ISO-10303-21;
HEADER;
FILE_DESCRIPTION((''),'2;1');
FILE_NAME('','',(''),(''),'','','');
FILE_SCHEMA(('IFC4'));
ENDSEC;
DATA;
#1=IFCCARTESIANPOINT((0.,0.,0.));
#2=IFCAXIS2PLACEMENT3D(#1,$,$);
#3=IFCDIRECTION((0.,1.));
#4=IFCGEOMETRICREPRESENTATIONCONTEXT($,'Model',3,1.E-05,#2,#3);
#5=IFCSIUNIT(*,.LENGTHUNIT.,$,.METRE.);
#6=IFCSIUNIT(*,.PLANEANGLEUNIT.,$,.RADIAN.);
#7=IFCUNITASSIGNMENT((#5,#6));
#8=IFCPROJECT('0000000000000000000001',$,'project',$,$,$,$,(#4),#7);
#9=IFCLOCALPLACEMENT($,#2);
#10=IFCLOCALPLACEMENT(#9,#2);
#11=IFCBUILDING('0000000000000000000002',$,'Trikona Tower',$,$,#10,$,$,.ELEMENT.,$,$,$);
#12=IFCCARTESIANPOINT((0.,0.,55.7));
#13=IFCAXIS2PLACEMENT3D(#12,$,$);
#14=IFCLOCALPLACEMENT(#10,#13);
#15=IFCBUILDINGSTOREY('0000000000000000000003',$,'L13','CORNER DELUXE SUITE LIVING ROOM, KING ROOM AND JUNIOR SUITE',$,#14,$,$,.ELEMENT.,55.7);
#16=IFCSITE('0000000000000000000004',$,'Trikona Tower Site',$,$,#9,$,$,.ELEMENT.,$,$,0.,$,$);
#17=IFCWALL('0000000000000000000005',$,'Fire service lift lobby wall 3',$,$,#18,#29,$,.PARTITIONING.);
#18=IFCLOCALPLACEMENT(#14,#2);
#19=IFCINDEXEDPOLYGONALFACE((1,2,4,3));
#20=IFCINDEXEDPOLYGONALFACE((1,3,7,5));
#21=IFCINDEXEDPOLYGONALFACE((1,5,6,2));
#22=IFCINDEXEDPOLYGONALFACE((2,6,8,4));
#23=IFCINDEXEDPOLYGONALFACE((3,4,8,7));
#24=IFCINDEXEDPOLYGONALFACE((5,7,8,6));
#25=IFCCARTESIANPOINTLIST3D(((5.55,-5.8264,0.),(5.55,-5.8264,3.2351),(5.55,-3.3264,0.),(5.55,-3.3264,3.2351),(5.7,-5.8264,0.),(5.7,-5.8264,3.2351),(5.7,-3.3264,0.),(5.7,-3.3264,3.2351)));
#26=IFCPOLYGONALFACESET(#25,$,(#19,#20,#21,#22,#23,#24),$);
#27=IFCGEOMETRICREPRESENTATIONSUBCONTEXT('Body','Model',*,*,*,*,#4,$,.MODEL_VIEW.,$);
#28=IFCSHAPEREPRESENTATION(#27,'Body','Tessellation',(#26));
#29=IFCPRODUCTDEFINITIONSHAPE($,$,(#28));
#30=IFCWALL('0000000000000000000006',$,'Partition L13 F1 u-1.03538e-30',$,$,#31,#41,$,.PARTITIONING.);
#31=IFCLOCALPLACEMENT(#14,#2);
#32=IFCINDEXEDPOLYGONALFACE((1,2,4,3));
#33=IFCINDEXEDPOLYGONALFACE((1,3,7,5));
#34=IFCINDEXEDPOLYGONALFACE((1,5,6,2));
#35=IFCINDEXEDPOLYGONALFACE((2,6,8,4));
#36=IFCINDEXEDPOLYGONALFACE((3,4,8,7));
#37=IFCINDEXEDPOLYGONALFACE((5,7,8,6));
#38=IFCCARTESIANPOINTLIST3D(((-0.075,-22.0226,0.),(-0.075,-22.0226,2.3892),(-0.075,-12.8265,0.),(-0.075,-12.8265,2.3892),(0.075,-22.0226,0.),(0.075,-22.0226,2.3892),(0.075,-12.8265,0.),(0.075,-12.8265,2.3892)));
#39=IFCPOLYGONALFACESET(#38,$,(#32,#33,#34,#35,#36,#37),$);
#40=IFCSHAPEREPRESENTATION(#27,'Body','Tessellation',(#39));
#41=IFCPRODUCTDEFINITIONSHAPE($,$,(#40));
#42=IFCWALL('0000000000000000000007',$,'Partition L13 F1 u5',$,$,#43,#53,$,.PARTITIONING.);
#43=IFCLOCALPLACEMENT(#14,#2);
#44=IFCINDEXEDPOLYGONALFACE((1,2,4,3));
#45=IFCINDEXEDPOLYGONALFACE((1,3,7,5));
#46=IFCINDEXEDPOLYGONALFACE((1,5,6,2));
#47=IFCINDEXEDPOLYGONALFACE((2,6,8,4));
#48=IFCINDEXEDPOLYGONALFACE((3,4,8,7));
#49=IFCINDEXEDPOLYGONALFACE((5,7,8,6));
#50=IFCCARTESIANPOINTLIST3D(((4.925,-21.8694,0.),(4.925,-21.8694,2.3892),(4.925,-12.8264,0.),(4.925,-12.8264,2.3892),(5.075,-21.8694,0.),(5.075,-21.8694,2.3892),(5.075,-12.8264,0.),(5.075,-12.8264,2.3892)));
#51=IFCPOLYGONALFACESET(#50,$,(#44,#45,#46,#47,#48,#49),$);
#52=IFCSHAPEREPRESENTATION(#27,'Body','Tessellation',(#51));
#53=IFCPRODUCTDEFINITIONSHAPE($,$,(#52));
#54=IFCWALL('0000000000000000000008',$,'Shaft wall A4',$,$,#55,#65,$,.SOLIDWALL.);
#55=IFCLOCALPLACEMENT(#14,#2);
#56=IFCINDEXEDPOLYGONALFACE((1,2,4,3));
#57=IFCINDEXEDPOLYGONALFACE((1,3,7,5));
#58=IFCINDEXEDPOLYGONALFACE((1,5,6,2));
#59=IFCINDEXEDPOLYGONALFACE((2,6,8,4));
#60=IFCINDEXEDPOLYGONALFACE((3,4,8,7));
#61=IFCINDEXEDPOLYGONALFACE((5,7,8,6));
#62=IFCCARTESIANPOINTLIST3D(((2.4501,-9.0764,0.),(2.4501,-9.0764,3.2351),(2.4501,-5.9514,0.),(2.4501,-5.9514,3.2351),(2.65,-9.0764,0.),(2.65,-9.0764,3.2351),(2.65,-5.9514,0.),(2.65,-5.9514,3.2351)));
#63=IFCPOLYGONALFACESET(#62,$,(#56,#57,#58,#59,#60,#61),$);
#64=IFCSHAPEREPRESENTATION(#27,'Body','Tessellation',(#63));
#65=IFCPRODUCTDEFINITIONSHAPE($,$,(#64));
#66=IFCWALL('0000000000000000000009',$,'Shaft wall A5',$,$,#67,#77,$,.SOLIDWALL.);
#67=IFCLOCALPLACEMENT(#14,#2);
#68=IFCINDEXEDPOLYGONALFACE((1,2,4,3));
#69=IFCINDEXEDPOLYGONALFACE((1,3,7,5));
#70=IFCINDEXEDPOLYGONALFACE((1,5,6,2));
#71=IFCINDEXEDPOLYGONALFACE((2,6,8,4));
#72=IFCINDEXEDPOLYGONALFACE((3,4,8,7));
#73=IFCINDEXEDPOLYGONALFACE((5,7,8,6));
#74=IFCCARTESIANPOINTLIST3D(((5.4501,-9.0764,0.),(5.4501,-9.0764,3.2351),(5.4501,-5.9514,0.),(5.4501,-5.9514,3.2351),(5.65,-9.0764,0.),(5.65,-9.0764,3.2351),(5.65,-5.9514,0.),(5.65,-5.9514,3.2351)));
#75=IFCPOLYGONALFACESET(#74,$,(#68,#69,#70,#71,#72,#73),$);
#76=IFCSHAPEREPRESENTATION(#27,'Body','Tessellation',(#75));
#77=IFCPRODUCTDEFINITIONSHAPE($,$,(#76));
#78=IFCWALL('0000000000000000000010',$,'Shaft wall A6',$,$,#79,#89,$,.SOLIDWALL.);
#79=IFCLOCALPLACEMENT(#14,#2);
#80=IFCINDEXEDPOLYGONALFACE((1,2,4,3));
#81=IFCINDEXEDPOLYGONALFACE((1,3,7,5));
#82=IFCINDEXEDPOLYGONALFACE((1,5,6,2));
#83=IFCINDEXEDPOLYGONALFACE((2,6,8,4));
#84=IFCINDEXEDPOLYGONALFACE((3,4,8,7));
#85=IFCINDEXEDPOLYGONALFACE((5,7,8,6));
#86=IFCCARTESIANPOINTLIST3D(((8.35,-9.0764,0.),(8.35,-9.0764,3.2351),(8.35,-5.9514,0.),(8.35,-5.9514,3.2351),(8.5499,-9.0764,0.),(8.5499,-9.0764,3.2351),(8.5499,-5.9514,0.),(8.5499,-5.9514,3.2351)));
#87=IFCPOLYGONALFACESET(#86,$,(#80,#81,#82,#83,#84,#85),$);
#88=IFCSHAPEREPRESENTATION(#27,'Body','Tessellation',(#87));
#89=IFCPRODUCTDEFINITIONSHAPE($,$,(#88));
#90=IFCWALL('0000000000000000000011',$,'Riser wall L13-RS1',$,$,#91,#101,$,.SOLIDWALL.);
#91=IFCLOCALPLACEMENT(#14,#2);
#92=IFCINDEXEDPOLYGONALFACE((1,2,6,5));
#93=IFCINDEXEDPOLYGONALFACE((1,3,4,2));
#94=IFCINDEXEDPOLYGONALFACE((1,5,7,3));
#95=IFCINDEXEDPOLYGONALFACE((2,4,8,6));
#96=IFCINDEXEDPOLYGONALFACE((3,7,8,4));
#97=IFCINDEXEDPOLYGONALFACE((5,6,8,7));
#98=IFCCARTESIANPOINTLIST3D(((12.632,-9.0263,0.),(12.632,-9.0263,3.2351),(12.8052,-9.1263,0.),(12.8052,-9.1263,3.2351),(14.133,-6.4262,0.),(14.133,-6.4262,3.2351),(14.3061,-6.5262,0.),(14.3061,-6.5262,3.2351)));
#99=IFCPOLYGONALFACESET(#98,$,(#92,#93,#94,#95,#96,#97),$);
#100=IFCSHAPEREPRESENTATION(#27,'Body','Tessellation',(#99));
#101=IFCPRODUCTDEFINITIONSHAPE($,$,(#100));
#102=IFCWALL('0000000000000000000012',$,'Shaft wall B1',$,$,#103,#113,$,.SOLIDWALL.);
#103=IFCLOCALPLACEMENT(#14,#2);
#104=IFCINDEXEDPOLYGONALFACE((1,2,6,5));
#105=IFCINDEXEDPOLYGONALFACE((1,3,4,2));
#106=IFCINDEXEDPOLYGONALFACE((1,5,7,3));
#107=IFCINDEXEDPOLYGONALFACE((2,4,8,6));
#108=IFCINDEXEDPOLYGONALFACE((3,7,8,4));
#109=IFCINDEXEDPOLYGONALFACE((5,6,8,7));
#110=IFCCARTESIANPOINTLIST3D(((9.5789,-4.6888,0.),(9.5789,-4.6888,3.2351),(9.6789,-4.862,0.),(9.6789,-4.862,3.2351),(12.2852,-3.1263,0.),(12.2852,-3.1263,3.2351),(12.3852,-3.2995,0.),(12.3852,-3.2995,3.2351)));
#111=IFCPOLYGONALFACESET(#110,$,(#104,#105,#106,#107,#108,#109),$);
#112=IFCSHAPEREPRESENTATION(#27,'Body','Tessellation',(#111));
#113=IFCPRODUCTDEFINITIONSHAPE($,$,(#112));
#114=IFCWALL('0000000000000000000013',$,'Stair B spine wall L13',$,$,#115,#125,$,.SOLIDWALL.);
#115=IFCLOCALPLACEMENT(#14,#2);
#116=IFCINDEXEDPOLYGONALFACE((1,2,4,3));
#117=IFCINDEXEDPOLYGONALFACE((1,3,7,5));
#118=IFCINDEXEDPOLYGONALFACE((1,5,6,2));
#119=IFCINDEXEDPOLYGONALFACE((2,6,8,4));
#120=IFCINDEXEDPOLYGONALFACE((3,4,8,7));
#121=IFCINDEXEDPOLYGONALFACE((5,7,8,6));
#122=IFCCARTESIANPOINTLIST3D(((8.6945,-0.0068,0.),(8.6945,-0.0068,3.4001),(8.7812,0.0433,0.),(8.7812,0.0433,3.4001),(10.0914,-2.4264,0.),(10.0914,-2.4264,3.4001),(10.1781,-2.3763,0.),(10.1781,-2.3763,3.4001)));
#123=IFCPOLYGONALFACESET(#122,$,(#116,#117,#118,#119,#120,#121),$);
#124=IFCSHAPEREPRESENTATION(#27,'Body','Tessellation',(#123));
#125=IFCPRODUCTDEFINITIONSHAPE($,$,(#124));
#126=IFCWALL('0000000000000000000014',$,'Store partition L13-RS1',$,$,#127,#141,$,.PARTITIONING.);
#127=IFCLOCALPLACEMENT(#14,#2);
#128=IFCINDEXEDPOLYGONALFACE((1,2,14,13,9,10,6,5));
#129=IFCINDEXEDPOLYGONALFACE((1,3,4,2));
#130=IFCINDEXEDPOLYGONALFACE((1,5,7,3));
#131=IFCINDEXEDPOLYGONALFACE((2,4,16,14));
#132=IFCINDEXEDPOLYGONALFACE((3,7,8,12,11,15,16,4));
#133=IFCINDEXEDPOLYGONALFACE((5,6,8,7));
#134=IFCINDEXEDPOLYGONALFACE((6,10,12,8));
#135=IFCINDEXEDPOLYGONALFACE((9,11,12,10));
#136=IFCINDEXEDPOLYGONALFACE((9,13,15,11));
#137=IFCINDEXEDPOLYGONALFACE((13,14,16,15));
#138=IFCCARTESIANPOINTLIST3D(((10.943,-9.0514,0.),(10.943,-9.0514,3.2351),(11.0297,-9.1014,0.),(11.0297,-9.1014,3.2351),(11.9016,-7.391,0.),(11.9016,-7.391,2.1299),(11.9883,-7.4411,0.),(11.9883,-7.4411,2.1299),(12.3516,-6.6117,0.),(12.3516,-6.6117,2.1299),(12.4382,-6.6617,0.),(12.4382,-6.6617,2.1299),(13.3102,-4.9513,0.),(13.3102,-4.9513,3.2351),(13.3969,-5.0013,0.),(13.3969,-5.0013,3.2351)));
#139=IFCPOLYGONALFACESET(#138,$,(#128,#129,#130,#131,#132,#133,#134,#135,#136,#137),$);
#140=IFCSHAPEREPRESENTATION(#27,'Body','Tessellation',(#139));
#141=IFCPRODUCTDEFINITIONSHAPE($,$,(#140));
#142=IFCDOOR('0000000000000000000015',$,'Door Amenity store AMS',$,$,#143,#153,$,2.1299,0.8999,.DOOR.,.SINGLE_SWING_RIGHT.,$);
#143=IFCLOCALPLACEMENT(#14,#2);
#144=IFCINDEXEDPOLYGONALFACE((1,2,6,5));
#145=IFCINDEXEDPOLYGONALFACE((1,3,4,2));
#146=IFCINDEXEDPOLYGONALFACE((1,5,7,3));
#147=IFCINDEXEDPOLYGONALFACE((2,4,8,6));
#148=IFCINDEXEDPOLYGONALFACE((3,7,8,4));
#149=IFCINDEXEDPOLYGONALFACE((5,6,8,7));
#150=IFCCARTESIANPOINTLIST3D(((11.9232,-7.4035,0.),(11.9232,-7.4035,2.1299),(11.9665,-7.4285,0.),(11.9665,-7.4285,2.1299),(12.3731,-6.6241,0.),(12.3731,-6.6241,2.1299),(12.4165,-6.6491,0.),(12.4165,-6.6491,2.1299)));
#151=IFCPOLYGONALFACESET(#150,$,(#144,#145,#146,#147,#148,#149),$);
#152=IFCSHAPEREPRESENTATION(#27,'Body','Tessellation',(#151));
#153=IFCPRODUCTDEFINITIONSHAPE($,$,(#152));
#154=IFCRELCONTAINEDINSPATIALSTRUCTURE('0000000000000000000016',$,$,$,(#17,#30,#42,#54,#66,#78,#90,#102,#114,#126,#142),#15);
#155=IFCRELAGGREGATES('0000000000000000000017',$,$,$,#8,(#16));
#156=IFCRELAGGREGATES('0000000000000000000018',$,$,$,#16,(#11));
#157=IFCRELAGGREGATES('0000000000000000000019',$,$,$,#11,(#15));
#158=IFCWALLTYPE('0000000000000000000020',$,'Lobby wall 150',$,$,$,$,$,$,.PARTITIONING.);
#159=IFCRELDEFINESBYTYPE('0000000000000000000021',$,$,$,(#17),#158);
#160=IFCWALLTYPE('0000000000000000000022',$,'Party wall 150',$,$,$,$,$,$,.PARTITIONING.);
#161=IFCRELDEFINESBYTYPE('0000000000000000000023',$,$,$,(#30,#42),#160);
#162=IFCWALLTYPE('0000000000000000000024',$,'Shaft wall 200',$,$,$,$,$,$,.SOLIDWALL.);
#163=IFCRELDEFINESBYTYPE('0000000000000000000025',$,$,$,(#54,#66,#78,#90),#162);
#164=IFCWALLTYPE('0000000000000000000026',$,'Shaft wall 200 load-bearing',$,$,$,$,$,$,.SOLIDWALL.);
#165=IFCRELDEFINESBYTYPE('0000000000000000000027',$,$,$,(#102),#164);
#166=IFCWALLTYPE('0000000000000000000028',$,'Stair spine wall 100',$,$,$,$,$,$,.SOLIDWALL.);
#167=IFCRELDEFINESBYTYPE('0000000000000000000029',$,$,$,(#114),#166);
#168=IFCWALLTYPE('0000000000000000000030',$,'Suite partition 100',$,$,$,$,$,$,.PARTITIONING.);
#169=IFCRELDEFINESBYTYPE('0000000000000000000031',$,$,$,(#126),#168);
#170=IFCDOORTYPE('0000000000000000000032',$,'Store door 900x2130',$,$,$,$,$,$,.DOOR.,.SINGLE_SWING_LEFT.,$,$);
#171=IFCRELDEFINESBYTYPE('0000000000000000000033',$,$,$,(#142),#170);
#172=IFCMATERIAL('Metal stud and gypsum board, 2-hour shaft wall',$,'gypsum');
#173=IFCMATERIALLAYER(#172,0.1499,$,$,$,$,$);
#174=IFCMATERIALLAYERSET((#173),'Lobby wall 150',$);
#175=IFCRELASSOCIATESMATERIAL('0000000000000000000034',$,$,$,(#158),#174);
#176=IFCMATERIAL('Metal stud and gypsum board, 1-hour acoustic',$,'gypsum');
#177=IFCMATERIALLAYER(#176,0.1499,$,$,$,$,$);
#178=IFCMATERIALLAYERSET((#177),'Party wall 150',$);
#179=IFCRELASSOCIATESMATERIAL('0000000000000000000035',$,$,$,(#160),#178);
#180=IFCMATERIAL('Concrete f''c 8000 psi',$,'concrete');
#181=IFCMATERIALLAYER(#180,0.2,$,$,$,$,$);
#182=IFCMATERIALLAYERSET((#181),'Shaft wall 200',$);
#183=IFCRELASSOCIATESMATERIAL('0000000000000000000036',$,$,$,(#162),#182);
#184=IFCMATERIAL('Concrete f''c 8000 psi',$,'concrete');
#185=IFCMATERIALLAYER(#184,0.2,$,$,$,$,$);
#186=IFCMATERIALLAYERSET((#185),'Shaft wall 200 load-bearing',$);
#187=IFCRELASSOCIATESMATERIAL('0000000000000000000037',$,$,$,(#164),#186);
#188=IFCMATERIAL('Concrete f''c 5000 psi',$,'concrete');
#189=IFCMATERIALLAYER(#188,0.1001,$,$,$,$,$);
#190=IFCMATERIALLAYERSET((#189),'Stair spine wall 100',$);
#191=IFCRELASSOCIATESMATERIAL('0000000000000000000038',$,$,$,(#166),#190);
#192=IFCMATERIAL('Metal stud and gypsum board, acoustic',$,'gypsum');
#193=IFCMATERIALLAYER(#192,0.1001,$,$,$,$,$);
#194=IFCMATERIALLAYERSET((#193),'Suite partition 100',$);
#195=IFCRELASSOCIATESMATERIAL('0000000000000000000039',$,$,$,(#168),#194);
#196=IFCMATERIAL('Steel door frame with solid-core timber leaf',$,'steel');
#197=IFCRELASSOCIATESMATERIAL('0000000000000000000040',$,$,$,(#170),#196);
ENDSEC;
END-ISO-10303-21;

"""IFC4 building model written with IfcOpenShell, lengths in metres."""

from ifc_helpers import new_model, si_unit, direction, frame, frame_2d, origin, place, context, subcontext, project, spatial, rectangle, extrude, material, layer, layer_set, type_object, element, fill, save


model = new_model("IFC4")

# Units and contexts
model_context = context("Model", 3, precision=1e-05, world=origin(), true_north=direction((0.0, 1.0)))
body_context = subcontext(model_context, "Body", "Model", "MODEL_VIEW")
ifc_project = project(units=[si_unit("LENGTHUNIT", "METRE"), si_unit("PLANEANGLEUNIT", "RADIAN")], contexts=[model_context])

# Site, building, storey
site_placement = place(None, origin())
site = spatial("IfcSite", under=ifc_project, at=site_placement, Name="Trikona Tower Site", CompositionType="ELEMENT", RefElevation=0.0)
building_placement = place(site_placement, origin())
building = spatial("IfcBuilding", under=site, at=building_placement, Name="Trikona Tower", CompositionType="ELEMENT")
storey_placement = place(building_placement, frame((0.0, 0.0, 55.7)))
storey = spatial("IfcBuildingStorey", under=building, at=storey_placement, Name="L13", Description="CORNER DELUXE SUITE LIVING ROOM, KING ROOM AND JUNIOR SUITE", CompositionType="ELEMENT", Elevation=55.7)

# Walls
ifc_material_1 = material(Name="Metal stud and gypsum board, 2-hour shaft wall", Category="gypsum")
ifc_layer_1 = layer(ifc_material_1, 0.1499)
ifc_layer_set_1 = layer_set([ifc_layer_1], Name="Lobby wall 150")
wall_type_1 = type_object("IfcWallType", Name="Lobby wall 150", PredefinedType="PARTITIONING", material=ifc_layer_set_1)
wall_1_placement = place(storey_placement, frame((5.625, -5.8264, 0.0), z_axis=(0.0, 0.0, 1.0), x_axis=(0.0, 1.0, 0.0)))
element("IfcWall", 1, at=wall_1_placement, inside=storey, type_object=wall_type_1, Name="Fire service lift lobby wall 3", PredefinedType="PARTITIONING", context=body_context, shape_type="SweptSolid", body=[
    extrude(rectangle(XDim=2.5, YDim=0.1499, at=frame_2d((1.25, 0.0))), origin(), (0.0, 0.0, 1.0), 3.2351),
])
ifc_material_2 = material(Name="Metal stud and gypsum board, 1-hour acoustic", Category="gypsum")
ifc_layer_2 = layer(ifc_material_2, 0.1499)
ifc_layer_set_2 = layer_set([ifc_layer_2], Name="Party wall 150")
wall_type_2 = type_object("IfcWallType", Name="Party wall 150", PredefinedType="PARTITIONING", material=ifc_layer_set_2)
wall_2_placement = place(storey_placement, frame((0.0, -12.8264, 0.0), z_axis=(0.0, 0.0, 1.0), x_axis=(0.0, -1.0, 0.0)))
element("IfcWall", 2, at=wall_2_placement, inside=storey, type_object=wall_type_2, Name="Partition L13 F1 u-1.03538e-30", PredefinedType="PARTITIONING", context=body_context, shape_type="SweptSolid", body=[
    extrude(rectangle(XDim=9.196, YDim=0.1499, at=frame_2d((4.5981, 0.0))), origin(), (0.0, 0.0, 1.0), 2.3892),
])
wall_3_placement = place(storey_placement, frame((5.0, -12.8264, 0.0), z_axis=(0.0, 0.0, 1.0), x_axis=(0.0, -1.0, 0.0)))
element("IfcWall", 3, at=wall_3_placement, inside=storey, type_object=wall_type_2, Name="Partition L13 F1 u5", PredefinedType="PARTITIONING", context=body_context, shape_type="SweptSolid", body=[
    extrude(rectangle(XDim=9.043, YDim=0.1499, at=frame_2d((4.5215, 0.0))), origin(), (0.0, 0.0, 1.0), 2.3892),
])
ifc_material_3 = material(Name="Concrete f'c 8000 psi", Category="concrete")
ifc_layer_3 = layer(ifc_material_3, 0.2)
ifc_layer_set_3 = layer_set([ifc_layer_3], Name="Shaft wall 200")
wall_type_3 = type_object("IfcWallType", Name="Shaft wall 200", PredefinedType="SOLIDWALL", material=ifc_layer_set_3)
for number, where, z_axis, x_axis, name in (
    (4, (2.55, -5.9514, 0.0), (0.0, 0.0, 1.0), (0.0, -1.0, 0.0), "Shaft wall A4"),
    (5, (5.55, -5.9514, 0.0), (0.0, 0.0, 1.0), (0.0, -1.0, 0.0), "Shaft wall A5"),
    (6, (8.45, -5.9514, 0.0), (0.0, 0.0, 1.0), (0.0, -1.0, 0.0), "Shaft wall A6"),
):
    element("IfcWall", number, at=place(storey_placement, frame(where, z_axis=z_axis, x_axis=x_axis)), inside=storey, type_object=wall_type_3, Name=name, PredefinedType="SOLIDWALL", context=body_context, shape_type="SweptSolid", body=[
        extrude(rectangle(XDim=3.125, YDim=0.2, at=frame_2d((1.5625, 0.0))), origin(), (0.0, 0.0, 1.0), 3.2351),
    ])
wall_4_placement = place(storey_placement, frame((14.2195, -6.4763, 0.0), z_axis=(0.0, 0.0, 1.0), x_axis=(-0.499952, -0.866053, 0.0)))
element("IfcWall", 7, at=wall_4_placement, inside=storey, type_object=wall_type_3, Name="Riser wall L13-RS1", PredefinedType="SOLIDWALL", context=body_context, shape_type="SweptSolid", body=[
    extrude(rectangle(XDim=3.0022, YDim=0.2, at=frame_2d((1.501, 0.0))), origin(), (0.0, 0.0, 1.0), 3.2351),
])
ifc_material_4 = material(Name="Concrete f'c 8000 psi", Category="concrete")
ifc_layer_4 = layer(ifc_material_4, 0.2)
ifc_layer_set_4 = layer_set([ifc_layer_4], Name="Shaft wall 200 load-bearing")
wall_type_4 = type_object("IfcWallType", Name="Shaft wall 200 load-bearing", PredefinedType="SOLIDWALL", material=ifc_layer_set_4)
wall_5_placement = place(storey_placement, frame((9.6289, -4.7754, 0.0), z_axis=(0.0, 0.0, 1.0), x_axis=(0.866023, 0.500004, 0.0)))
element("IfcWall", 8, at=wall_5_placement, inside=storey, type_object=wall_type_4, Name="Shaft wall B1", PredefinedType="SOLIDWALL", context=body_context, shape_type="SweptSolid", body=[
    extrude(rectangle(XDim=3.125, YDim=0.2, at=frame_2d((1.5625, 0.0))), origin(), (0.0, 0.0, 1.0), 3.2351),
])
ifc_material_5 = material(Name="Concrete f'c 5000 psi", Category="concrete")
ifc_layer_5 = layer(ifc_material_5, 0.1001)
ifc_layer_set_5 = layer_set([ifc_layer_5], Name="Stair spine wall 100")
wall_type_5 = type_object("IfcWallType", Name="Stair spine wall 100", PredefinedType="SOLIDWALL", material=ifc_layer_set_5)
wall_6_placement = place(storey_placement, frame((10.1348, -2.4014, 0.0), z_axis=(0.0, 0.0, 1.0), x_axis=(-0.499992, 0.86603, 0.0)))
element("IfcWall", 9, at=wall_6_placement, inside=storey, type_object=wall_type_5, Name="Stair B spine wall L13", PredefinedType="SOLIDWALL", context=body_context, shape_type="SweptSolid", body=[
    extrude(rectangle(XDim=2.7939, YDim=0.1001, at=frame_2d((1.397, 0.0))), origin(), (0.0, 0.0, 1.0), 3.4001),
])

# Wall, opening, door
ifc_material_6 = material(Name="Metal stud and gypsum board, acoustic", Category="gypsum")
ifc_layer_6 = layer(ifc_material_6, 0.1001)
ifc_layer_set_6 = layer_set([ifc_layer_6], Name="Suite partition 100")
wall_type_6 = type_object("IfcWallType", Name="Suite partition 100", PredefinedType="PARTITIONING", material=ifc_layer_set_6)
wall_7_placement = place(storey_placement, frame((13.3535, -4.9763, 0.0), z_axis=(0.0, 0.0, 1.0), x_axis=(-0.499999, -0.866026, 0.0)))
wall_7 = element("IfcWall", 10, at=wall_7_placement, inside=storey, type_object=wall_type_6, Name="Store partition L13-RS1", PredefinedType="PARTITIONING", context=body_context, shape_type="SweptSolid", body=[
    extrude(rectangle(XDim=4.7344, YDim=0.1001, at=frame_2d((2.3672, 0.0))), origin(), (0.0, 0.0, 1.0), 3.2351),
])
opening_1_placement = place(wall_7_placement, frame((1.9172, 0.0, 0.0)))
opening_1 = element("IfcOpeningElement", 11, at=opening_1_placement, cuts=wall_7, PredefinedType="OPENING", context=body_context, shape_type="SweptSolid", body=[
    extrude(rectangle(XDim=0.8999, YDim=2.1299, at=frame_2d((0.45, 1.0649))), frame((0.0, 0.0601, 0.0), z_axis=(0.0, -1.0, 0.0), x_axis=(1.0, 0.0, 0.0)), (0.0, 0.0, 1.0), 0.1201),
])
ifc_material_7 = material(Name="Steel door frame with solid-core timber leaf", Category="steel")
door_type_1 = type_object("IfcDoorType", Name="Store door 900x2130", OperationType="SINGLE_SWING_LEFT", PredefinedType="DOOR", material=ifc_material_7)
door_1_placement = place(opening_1_placement, origin())
door_1 = element("IfcDoor", 12, at=door_1_placement, inside=storey, type_object=door_type_1, Name="Door Amenity store AMS", OperationType="SINGLE_SWING_RIGHT", OverallHeight=2.1299, OverallWidth=0.8999, PredefinedType="DOOR", context=body_context, shape_type="SweptSolid", body=[
    extrude(rectangle(XDim=0.8999, YDim=2.1299, at=frame_2d((0.45, 1.0649))), frame((0.0, 0.0249, 0.0), z_axis=(0.0, -1.0, 0.0), x_axis=(1.0, 0.0, 0.0)), (0.0, 0.0, 1.0), 0.05),
])
fill(opening_1, door_1)

save(model, "model.ifc")
